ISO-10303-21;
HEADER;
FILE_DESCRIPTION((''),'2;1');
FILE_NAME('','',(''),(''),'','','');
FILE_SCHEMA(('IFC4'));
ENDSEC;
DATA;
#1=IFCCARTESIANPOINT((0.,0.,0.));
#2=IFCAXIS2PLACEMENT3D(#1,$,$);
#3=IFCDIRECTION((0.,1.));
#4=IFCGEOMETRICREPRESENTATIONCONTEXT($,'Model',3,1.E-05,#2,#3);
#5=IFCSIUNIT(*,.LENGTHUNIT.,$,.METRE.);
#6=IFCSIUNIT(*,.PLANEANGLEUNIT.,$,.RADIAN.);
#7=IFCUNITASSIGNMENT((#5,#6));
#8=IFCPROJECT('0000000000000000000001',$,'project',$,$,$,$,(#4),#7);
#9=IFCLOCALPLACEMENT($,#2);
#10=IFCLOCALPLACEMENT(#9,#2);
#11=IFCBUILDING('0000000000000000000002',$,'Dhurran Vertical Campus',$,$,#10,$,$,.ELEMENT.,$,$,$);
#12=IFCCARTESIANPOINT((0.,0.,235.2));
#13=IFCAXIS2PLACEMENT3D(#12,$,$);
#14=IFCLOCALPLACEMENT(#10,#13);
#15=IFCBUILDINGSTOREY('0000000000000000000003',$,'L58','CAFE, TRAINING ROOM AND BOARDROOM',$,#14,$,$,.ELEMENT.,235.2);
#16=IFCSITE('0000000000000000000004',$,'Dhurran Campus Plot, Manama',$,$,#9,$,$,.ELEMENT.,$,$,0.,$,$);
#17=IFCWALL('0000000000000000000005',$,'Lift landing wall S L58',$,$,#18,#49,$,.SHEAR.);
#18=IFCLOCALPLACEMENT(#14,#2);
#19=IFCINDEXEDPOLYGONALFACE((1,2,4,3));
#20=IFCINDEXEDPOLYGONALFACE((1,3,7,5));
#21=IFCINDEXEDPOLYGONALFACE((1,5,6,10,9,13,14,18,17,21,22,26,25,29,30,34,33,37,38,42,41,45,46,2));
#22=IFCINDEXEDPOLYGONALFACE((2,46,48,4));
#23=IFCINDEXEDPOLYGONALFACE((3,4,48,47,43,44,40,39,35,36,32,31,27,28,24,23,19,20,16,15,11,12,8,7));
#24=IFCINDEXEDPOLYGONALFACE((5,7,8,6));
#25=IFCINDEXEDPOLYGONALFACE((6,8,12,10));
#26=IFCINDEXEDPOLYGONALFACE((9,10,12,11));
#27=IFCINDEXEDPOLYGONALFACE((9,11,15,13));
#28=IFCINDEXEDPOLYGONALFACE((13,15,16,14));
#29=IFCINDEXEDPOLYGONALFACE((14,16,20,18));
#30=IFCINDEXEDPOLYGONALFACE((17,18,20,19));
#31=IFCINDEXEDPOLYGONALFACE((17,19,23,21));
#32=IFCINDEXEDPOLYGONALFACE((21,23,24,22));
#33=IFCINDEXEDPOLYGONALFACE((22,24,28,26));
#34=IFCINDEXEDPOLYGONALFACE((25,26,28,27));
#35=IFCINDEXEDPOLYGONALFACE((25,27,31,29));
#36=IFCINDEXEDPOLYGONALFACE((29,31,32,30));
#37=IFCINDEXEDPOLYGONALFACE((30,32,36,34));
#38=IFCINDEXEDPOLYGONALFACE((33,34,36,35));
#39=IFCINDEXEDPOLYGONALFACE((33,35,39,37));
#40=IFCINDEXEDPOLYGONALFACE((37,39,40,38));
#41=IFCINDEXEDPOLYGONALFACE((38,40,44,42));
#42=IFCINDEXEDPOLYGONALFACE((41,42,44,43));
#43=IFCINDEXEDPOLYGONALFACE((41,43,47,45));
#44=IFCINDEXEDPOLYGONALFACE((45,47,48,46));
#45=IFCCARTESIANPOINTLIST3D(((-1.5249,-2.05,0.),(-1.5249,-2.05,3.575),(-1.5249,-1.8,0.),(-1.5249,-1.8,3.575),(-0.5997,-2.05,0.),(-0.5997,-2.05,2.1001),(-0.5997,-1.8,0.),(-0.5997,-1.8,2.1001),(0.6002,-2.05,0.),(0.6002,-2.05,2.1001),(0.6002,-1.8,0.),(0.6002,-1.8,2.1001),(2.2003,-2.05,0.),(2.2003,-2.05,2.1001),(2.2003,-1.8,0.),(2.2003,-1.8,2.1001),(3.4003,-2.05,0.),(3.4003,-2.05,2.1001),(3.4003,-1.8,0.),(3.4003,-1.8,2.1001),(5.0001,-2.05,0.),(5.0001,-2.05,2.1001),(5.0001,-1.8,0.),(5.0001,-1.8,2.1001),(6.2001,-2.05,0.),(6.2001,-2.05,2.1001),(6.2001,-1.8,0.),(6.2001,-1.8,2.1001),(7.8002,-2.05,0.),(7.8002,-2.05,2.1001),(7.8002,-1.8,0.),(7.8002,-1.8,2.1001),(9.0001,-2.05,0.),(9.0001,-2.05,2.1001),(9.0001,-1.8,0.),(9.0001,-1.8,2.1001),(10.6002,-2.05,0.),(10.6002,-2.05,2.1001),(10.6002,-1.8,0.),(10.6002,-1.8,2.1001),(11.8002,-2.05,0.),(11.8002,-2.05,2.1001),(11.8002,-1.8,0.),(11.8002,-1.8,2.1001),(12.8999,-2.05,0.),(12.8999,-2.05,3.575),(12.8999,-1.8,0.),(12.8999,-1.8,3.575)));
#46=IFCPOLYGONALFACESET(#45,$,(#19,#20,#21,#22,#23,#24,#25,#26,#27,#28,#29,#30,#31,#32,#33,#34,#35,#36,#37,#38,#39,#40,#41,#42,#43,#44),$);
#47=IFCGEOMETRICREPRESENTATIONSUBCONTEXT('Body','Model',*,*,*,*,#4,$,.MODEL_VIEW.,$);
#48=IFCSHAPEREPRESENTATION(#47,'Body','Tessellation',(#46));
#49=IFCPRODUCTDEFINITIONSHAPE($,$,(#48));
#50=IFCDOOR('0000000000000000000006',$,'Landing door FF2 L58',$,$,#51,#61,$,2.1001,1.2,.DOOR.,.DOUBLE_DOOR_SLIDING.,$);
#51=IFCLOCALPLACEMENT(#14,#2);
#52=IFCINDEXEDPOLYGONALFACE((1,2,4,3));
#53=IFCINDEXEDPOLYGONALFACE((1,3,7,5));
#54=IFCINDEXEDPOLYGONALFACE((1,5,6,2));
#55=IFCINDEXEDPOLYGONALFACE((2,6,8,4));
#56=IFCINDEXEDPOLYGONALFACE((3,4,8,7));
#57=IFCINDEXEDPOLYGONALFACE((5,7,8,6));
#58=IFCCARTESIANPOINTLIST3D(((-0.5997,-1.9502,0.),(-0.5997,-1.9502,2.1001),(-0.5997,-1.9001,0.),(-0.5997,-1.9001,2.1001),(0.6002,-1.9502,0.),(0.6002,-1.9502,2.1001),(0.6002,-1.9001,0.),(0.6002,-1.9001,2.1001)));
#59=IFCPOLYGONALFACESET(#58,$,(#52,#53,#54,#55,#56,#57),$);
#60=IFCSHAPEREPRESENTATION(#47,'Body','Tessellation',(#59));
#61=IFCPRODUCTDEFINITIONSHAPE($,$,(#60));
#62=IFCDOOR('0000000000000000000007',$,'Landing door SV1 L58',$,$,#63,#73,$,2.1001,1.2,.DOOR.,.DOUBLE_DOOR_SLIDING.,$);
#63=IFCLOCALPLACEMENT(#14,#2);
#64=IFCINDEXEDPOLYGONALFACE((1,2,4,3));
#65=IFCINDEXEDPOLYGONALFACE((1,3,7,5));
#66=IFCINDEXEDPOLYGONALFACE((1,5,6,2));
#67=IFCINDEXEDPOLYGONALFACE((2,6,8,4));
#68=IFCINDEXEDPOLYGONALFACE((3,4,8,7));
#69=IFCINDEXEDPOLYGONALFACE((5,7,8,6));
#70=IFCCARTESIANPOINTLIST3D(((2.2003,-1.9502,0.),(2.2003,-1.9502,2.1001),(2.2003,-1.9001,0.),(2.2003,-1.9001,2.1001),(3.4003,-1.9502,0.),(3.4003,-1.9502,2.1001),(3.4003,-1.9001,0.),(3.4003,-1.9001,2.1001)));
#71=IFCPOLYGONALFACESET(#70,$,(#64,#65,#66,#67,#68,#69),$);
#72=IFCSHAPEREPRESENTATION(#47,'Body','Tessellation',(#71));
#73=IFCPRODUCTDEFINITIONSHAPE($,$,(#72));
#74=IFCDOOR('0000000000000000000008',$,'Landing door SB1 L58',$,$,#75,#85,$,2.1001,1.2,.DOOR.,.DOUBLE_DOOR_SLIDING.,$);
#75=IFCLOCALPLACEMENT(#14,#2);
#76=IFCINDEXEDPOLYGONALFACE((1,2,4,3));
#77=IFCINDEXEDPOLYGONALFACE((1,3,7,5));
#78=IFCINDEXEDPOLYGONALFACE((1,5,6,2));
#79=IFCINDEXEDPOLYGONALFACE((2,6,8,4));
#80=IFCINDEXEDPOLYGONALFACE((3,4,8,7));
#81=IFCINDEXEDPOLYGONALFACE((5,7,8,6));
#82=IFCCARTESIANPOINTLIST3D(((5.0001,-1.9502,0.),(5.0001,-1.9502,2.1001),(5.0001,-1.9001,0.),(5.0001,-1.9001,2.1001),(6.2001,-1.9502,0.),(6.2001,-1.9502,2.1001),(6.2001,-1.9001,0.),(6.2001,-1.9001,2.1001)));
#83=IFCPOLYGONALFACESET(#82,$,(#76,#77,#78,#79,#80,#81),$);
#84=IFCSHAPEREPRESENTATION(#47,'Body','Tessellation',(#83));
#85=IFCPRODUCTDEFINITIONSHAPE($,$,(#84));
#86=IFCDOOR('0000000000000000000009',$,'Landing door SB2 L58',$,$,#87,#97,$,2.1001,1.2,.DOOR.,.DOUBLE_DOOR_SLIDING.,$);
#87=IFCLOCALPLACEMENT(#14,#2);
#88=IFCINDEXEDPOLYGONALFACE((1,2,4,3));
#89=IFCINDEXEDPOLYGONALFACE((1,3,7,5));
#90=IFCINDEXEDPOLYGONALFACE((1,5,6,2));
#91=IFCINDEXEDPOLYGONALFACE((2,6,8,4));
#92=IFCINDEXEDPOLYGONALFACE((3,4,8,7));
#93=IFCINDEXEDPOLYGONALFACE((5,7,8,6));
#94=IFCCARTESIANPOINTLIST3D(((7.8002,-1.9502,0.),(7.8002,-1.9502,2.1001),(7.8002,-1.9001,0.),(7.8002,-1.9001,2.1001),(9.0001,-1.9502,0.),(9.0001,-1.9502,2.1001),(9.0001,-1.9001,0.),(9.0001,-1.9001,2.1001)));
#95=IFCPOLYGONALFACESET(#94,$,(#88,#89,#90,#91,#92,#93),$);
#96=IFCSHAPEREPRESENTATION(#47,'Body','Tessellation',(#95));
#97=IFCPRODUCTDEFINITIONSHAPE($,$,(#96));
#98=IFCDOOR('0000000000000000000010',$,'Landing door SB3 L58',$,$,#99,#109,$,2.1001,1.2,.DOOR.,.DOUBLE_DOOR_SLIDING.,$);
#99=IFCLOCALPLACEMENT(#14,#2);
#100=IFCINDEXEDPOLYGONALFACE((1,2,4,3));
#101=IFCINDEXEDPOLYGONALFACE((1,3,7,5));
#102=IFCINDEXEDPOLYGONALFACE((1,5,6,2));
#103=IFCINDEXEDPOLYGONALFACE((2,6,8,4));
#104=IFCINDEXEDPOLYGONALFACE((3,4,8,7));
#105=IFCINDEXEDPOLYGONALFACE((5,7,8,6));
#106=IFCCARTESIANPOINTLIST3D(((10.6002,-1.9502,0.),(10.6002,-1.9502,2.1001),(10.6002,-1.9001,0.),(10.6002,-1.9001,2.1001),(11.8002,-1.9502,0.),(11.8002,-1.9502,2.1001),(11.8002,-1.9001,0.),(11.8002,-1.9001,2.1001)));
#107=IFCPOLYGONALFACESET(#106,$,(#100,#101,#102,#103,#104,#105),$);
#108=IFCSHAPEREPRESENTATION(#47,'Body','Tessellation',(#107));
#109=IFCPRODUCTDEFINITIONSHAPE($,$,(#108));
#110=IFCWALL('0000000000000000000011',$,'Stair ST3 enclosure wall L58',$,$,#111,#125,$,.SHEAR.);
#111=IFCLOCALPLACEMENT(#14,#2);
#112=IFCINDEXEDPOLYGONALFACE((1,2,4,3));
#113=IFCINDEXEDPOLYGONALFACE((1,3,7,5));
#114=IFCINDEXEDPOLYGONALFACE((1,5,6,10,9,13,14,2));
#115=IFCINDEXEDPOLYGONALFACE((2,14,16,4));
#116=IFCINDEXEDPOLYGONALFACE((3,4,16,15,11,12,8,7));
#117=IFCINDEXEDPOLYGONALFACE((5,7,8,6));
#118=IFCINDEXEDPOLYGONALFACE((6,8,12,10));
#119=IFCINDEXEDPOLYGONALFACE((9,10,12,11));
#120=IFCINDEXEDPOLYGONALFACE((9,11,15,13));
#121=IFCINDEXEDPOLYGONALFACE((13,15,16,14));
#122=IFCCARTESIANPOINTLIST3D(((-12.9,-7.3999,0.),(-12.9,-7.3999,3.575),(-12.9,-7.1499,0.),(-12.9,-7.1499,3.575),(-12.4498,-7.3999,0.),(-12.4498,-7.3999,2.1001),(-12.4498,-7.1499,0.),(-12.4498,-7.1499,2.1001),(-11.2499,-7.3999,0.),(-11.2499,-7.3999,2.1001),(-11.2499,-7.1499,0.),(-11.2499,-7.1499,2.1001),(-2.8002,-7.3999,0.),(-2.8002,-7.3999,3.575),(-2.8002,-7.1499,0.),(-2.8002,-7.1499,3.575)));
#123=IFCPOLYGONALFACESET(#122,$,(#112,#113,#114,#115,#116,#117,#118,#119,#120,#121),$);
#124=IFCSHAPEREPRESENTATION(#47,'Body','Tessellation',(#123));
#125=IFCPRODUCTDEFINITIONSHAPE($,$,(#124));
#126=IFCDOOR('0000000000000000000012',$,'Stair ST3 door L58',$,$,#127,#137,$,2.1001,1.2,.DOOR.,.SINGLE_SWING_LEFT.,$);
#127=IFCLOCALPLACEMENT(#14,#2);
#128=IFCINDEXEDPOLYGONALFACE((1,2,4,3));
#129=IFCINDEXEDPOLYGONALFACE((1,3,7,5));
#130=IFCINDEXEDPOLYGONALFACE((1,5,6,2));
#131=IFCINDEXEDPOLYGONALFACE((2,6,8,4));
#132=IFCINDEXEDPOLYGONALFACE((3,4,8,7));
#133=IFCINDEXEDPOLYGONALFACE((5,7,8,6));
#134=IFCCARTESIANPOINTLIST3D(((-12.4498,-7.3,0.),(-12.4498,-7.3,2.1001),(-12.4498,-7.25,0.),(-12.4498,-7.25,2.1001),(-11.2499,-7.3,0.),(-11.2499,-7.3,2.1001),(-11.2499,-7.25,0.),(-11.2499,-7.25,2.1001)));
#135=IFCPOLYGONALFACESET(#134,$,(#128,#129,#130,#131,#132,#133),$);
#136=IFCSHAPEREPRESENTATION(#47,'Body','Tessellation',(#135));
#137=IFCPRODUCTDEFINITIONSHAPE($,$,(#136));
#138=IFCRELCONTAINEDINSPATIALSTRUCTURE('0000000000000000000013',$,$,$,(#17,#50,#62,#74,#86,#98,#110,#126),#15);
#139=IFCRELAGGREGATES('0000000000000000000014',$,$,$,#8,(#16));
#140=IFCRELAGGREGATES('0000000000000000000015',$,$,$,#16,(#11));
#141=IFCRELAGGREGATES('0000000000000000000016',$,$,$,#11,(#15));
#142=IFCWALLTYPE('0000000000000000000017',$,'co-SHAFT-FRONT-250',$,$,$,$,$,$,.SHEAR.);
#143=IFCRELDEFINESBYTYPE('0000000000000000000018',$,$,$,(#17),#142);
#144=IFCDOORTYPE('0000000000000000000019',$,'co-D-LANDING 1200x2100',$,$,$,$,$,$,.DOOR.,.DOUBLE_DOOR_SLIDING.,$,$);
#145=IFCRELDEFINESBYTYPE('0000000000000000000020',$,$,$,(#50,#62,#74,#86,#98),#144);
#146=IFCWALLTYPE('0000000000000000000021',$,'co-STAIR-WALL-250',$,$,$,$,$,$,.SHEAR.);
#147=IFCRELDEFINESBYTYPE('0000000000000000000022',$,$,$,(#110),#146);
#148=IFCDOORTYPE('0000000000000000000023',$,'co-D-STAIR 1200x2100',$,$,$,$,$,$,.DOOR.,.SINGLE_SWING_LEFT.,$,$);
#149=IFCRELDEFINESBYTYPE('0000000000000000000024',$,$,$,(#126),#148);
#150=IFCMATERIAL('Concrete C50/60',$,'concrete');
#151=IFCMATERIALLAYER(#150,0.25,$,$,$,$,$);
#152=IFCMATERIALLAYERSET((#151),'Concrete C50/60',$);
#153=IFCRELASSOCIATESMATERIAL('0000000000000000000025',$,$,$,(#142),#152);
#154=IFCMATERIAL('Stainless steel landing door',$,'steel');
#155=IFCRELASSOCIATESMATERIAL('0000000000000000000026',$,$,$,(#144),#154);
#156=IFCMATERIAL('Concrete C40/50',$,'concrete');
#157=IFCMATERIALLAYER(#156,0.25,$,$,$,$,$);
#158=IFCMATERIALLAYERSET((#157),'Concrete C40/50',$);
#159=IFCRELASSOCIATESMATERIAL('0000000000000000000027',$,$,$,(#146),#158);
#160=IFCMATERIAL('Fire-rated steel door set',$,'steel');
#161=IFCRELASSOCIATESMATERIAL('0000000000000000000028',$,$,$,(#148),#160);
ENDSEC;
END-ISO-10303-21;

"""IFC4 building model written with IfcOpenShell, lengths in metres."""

from ifc_helpers import new_model, si_unit, direction, frame, frame_2d, origin, place, context, subcontext, project, spatial, rectangle, extrude, material, layer, layer_set, type_object, element, fill, save


model = new_model("IFC4")

# Units and contexts
model_context = context("Model", 3, precision=1e-05, world=origin(), true_north=direction((0.0, 1.0)))
body_context = subcontext(model_context, "Body", "Model", "MODEL_VIEW")
ifc_project = project(units=[si_unit("LENGTHUNIT", "METRE"), si_unit("PLANEANGLEUNIT", "RADIAN")], contexts=[model_context])

# Site, building, storey
site_placement = place(None, origin())
site = spatial("IfcSite", under=ifc_project, at=site_placement, Name="Dhurran Campus Plot, Manama", CompositionType="ELEMENT", RefElevation=0.0)
building_placement = place(site_placement, origin())
building = spatial("IfcBuilding", under=site, at=building_placement, Name="Dhurran Vertical Campus", CompositionType="ELEMENT")
storey_placement = place(building_placement, frame((0.0, 0.0, 235.2)))
storey = spatial("IfcBuildingStorey", under=building, at=storey_placement, Name="L58", Description="CAFE, TRAINING ROOM AND BOARDROOM", CompositionType="ELEMENT", Elevation=235.2)

# Wall, openings, doors
ifc_material_1 = material(Name="Concrete C50/60", Category="concrete")
ifc_layer_1 = layer(ifc_material_1, 0.25)
ifc_layer_set_1 = layer_set([ifc_layer_1], Name="Concrete C50/60")
wall_type_1 = type_object("IfcWallType", Name="co-SHAFT-FRONT-250", PredefinedType="SHEAR", material=ifc_layer_set_1)
ifc_material_2 = material(Name="Stainless steel landing door", Category="steel")
door_type_1 = type_object("IfcDoorType", Name="co-D-LANDING 1200x2100", OperationType="DOUBLE_DOOR_SLIDING", PredefinedType="DOOR", material=ifc_material_2)
wall_1_placement = place(storey_placement, frame((-1.5249, -1.925, 0.0), z_axis=(0.0, 0.0, 1.0), x_axis=(1.0, 0.0, 0.0)))
wall_1 = element("IfcWall", 1, at=wall_1_placement, inside=storey, type_object=wall_type_1, Name="Lift landing wall S L58", PredefinedType="SHEAR", context=body_context, shape_type="SweptSolid", body=[
    extrude(rectangle(XDim=14.4248, YDim=0.25, at=frame_2d((7.2124, 0.0))), origin(), (0.0, 0.0, 1.0), 3.575),
])
opening_1_placement = place(wall_1_placement, frame((0.925, 0.0, 0.0)))
opening_1 = element("IfcOpeningElement", 2, at=opening_1_placement, cuts=wall_1, PredefinedType="OPENING", context=body_context, shape_type="SweptSolid", body=[
    extrude(rectangle(XDim=1.2, YDim=2.1001, at=frame_2d((0.6001, 1.05))), frame((0.0, 0.135, 0.0), z_axis=(0.0, -1.0, 0.0), x_axis=(1.0, 0.0, 0.0)), (0.0, 0.0, 1.0), 0.27),
])
opening_2_placement = place(wall_1_placement, frame((3.7251, 0.0, 0.0)))
opening_2 = element("IfcOpeningElement", 3, at=opening_2_placement, cuts=wall_1, PredefinedType="OPENING", context=body_context, shape_type="SweptSolid", body=[
    extrude(rectangle(XDim=1.2, YDim=2.1001, at=frame_2d((0.6001, 1.05))), frame((0.0, 0.135, 0.0), z_axis=(0.0, -1.0, 0.0), x_axis=(1.0, 0.0, 0.0)), (0.0, 0.0, 1.0), 0.27),
])
opening_3_placement = place(wall_1_placement, frame((6.5249, 0.0, 0.0)))
opening_3 = element("IfcOpeningElement", 4, at=opening_3_placement, cuts=wall_1, PredefinedType="OPENING", context=body_context, shape_type="SweptSolid", body=[
    extrude(rectangle(XDim=1.2, YDim=2.1001, at=frame_2d((0.6001, 1.05))), frame((0.0, 0.135, 0.0), z_axis=(0.0, -1.0, 0.0), x_axis=(1.0, 0.0, 0.0)), (0.0, 0.0, 1.0), 0.27),
])
opening_4_placement = place(wall_1_placement, frame((9.325, 0.0, 0.0)))
opening_4 = element("IfcOpeningElement", 5, at=opening_4_placement, cuts=wall_1, PredefinedType="OPENING", context=body_context, shape_type="SweptSolid", body=[
    extrude(rectangle(XDim=1.2, YDim=2.1001, at=frame_2d((0.6001, 1.05))), frame((0.0, 0.135, 0.0), z_axis=(0.0, -1.0, 0.0), x_axis=(1.0, 0.0, 0.0)), (0.0, 0.0, 1.0), 0.27),
])
opening_5_placement = place(wall_1_placement, frame((12.125, 0.0, 0.0)))
opening_5 = element("IfcOpeningElement", 6, at=opening_5_placement, cuts=wall_1, PredefinedType="OPENING", context=body_context, shape_type="SweptSolid", body=[
    extrude(rectangle(XDim=1.2, YDim=2.1001, at=frame_2d((0.6001, 1.05))), frame((0.0, 0.135, 0.0), z_axis=(0.0, -1.0, 0.0), x_axis=(1.0, 0.0, 0.0)), (0.0, 0.0, 1.0), 0.27),
])
door_1_placement = place(opening_1_placement, origin())
door_1 = element("IfcDoor", 7, at=door_1_placement, inside=storey, type_object=door_type_1, Name="Landing door FF2 L58", OperationType="DOUBLE_DOOR_SLIDING", OverallHeight=2.1001, OverallWidth=1.2, PredefinedType="DOOR", context=body_context, shape_type="SweptSolid", body=[
    extrude(rectangle(XDim=1.2, YDim=2.1001, at=frame_2d((0.6001, 1.05))), frame((0.0, 0.0249, 0.0), z_axis=(0.0, -1.0, 0.0), x_axis=(1.0, 0.0, 0.0)), (0.0, 0.0, 1.0), 0.05),
])
fill(opening_1, door_1)
door_2_placement = place(opening_2_placement, origin())
door_2 = element("IfcDoor", 8, at=door_2_placement, inside=storey, type_object=door_type_1, Name="Landing door SV1 L58", OperationType="DOUBLE_DOOR_SLIDING", OverallHeight=2.1001, OverallWidth=1.2, PredefinedType="DOOR", context=body_context, shape_type="SweptSolid", body=[
    extrude(rectangle(XDim=1.2, YDim=2.1001, at=frame_2d((0.6001, 1.05))), frame((0.0, 0.0249, 0.0), z_axis=(0.0, -1.0, 0.0), x_axis=(1.0, 0.0, 0.0)), (0.0, 0.0, 1.0), 0.05),
])
fill(opening_2, door_2)
door_3_placement = place(opening_3_placement, origin())
door_3 = element("IfcDoor", 9, at=door_3_placement, inside=storey, type_object=door_type_1, Name="Landing door SB1 L58", OperationType="DOUBLE_DOOR_SLIDING", OverallHeight=2.1001, OverallWidth=1.2, PredefinedType="DOOR", context=body_context, shape_type="SweptSolid", body=[
    extrude(rectangle(XDim=1.2, YDim=2.1001, at=frame_2d((0.6001, 1.05))), frame((0.0, 0.0249, 0.0), z_axis=(0.0, -1.0, 0.0), x_axis=(1.0, 0.0, 0.0)), (0.0, 0.0, 1.0), 0.05),
])
fill(opening_3, door_3)
door_4_placement = place(opening_4_placement, origin())
door_4 = element("IfcDoor", 10, at=door_4_placement, inside=storey, type_object=door_type_1, Name="Landing door SB2 L58", OperationType="DOUBLE_DOOR_SLIDING", OverallHeight=2.1001, OverallWidth=1.2, PredefinedType="DOOR", context=body_context, shape_type="SweptSolid", body=[
    extrude(rectangle(XDim=1.2, YDim=2.1001, at=frame_2d((0.6001, 1.05))), frame((0.0, 0.0249, 0.0), z_axis=(0.0, -1.0, 0.0), x_axis=(1.0, 0.0, 0.0)), (0.0, 0.0, 1.0), 0.05),
])
fill(opening_4, door_4)
door_5_placement = place(opening_5_placement, origin())
door_5 = element("IfcDoor", 11, at=door_5_placement, inside=storey, type_object=door_type_1, Name="Landing door SB3 L58", OperationType="DOUBLE_DOOR_SLIDING", OverallHeight=2.1001, OverallWidth=1.2, PredefinedType="DOOR", context=body_context, shape_type="SweptSolid", body=[
    extrude(rectangle(XDim=1.2, YDim=2.1001, at=frame_2d((0.6001, 1.05))), frame((0.0, 0.0249, 0.0), z_axis=(0.0, -1.0, 0.0), x_axis=(1.0, 0.0, 0.0)), (0.0, 0.0, 1.0), 0.05),
])
fill(opening_5, door_5)

# Wall, opening, door
ifc_material_3 = material(Name="Concrete C40/50", Category="concrete")
ifc_layer_2 = layer(ifc_material_3, 0.25)
ifc_layer_set_2 = layer_set([ifc_layer_2], Name="Concrete C40/50")
wall_type_2 = type_object("IfcWallType", Name="co-STAIR-WALL-250", PredefinedType="SHEAR", material=ifc_layer_set_2)
wall_2_placement = place(storey_placement, frame((-12.8999, -7.2749, 0.0), z_axis=(0.0, 0.0, 1.0), x_axis=(1.0, 0.0, 0.0)))
wall_2 = element("IfcWall", 12, at=wall_2_placement, inside=storey, type_object=wall_type_2, Name="Stair ST3 enclosure wall L58", PredefinedType="SHEAR", context=body_context, shape_type="SweptSolid", body=[
    extrude(rectangle(XDim=10.0999, YDim=0.25, at=frame_2d((5.0498, 0.0))), origin(), (0.0, 0.0, 1.0), 3.575),
])
opening_6_placement = place(wall_2_placement, frame((0.45, 0.0, 0.0)))
opening_6 = element("IfcOpeningElement", 13, at=opening_6_placement, cuts=wall_2, PredefinedType="OPENING", context=body_context, shape_type="SweptSolid", body=[
    extrude(rectangle(XDim=1.2, YDim=2.1001, at=frame_2d((0.6001, 1.05))), frame((0.0, 0.135, 0.0), z_axis=(0.0, -1.0, 0.0), x_axis=(1.0, 0.0, 0.0)), (0.0, 0.0, 1.0), 0.27),
])
ifc_material_4 = material(Name="Fire-rated steel door set", Category="steel")
door_type_2 = type_object("IfcDoorType", Name="co-D-STAIR 1200x2100", OperationType="SINGLE_SWING_LEFT", PredefinedType="DOOR", material=ifc_material_4)
door_6_placement = place(opening_6_placement, origin())
door_6 = element("IfcDoor", 14, at=door_6_placement, inside=storey, type_object=door_type_2, Name="Stair ST3 door L58", OperationType="SINGLE_SWING_LEFT", OverallHeight=2.1001, OverallWidth=1.2, PredefinedType="DOOR", context=body_context, shape_type="SweptSolid", body=[
    extrude(rectangle(XDim=1.2, YDim=2.1001, at=frame_2d((0.6001, 1.05))), frame((0.0, 0.0249, 0.0), z_axis=(0.0, -1.0, 0.0), x_axis=(1.0, 0.0, 0.0)), (0.0, 0.0, 1.0), 0.05),
])
fill(opening_6, door_6)

save(model, "model.ifc")
